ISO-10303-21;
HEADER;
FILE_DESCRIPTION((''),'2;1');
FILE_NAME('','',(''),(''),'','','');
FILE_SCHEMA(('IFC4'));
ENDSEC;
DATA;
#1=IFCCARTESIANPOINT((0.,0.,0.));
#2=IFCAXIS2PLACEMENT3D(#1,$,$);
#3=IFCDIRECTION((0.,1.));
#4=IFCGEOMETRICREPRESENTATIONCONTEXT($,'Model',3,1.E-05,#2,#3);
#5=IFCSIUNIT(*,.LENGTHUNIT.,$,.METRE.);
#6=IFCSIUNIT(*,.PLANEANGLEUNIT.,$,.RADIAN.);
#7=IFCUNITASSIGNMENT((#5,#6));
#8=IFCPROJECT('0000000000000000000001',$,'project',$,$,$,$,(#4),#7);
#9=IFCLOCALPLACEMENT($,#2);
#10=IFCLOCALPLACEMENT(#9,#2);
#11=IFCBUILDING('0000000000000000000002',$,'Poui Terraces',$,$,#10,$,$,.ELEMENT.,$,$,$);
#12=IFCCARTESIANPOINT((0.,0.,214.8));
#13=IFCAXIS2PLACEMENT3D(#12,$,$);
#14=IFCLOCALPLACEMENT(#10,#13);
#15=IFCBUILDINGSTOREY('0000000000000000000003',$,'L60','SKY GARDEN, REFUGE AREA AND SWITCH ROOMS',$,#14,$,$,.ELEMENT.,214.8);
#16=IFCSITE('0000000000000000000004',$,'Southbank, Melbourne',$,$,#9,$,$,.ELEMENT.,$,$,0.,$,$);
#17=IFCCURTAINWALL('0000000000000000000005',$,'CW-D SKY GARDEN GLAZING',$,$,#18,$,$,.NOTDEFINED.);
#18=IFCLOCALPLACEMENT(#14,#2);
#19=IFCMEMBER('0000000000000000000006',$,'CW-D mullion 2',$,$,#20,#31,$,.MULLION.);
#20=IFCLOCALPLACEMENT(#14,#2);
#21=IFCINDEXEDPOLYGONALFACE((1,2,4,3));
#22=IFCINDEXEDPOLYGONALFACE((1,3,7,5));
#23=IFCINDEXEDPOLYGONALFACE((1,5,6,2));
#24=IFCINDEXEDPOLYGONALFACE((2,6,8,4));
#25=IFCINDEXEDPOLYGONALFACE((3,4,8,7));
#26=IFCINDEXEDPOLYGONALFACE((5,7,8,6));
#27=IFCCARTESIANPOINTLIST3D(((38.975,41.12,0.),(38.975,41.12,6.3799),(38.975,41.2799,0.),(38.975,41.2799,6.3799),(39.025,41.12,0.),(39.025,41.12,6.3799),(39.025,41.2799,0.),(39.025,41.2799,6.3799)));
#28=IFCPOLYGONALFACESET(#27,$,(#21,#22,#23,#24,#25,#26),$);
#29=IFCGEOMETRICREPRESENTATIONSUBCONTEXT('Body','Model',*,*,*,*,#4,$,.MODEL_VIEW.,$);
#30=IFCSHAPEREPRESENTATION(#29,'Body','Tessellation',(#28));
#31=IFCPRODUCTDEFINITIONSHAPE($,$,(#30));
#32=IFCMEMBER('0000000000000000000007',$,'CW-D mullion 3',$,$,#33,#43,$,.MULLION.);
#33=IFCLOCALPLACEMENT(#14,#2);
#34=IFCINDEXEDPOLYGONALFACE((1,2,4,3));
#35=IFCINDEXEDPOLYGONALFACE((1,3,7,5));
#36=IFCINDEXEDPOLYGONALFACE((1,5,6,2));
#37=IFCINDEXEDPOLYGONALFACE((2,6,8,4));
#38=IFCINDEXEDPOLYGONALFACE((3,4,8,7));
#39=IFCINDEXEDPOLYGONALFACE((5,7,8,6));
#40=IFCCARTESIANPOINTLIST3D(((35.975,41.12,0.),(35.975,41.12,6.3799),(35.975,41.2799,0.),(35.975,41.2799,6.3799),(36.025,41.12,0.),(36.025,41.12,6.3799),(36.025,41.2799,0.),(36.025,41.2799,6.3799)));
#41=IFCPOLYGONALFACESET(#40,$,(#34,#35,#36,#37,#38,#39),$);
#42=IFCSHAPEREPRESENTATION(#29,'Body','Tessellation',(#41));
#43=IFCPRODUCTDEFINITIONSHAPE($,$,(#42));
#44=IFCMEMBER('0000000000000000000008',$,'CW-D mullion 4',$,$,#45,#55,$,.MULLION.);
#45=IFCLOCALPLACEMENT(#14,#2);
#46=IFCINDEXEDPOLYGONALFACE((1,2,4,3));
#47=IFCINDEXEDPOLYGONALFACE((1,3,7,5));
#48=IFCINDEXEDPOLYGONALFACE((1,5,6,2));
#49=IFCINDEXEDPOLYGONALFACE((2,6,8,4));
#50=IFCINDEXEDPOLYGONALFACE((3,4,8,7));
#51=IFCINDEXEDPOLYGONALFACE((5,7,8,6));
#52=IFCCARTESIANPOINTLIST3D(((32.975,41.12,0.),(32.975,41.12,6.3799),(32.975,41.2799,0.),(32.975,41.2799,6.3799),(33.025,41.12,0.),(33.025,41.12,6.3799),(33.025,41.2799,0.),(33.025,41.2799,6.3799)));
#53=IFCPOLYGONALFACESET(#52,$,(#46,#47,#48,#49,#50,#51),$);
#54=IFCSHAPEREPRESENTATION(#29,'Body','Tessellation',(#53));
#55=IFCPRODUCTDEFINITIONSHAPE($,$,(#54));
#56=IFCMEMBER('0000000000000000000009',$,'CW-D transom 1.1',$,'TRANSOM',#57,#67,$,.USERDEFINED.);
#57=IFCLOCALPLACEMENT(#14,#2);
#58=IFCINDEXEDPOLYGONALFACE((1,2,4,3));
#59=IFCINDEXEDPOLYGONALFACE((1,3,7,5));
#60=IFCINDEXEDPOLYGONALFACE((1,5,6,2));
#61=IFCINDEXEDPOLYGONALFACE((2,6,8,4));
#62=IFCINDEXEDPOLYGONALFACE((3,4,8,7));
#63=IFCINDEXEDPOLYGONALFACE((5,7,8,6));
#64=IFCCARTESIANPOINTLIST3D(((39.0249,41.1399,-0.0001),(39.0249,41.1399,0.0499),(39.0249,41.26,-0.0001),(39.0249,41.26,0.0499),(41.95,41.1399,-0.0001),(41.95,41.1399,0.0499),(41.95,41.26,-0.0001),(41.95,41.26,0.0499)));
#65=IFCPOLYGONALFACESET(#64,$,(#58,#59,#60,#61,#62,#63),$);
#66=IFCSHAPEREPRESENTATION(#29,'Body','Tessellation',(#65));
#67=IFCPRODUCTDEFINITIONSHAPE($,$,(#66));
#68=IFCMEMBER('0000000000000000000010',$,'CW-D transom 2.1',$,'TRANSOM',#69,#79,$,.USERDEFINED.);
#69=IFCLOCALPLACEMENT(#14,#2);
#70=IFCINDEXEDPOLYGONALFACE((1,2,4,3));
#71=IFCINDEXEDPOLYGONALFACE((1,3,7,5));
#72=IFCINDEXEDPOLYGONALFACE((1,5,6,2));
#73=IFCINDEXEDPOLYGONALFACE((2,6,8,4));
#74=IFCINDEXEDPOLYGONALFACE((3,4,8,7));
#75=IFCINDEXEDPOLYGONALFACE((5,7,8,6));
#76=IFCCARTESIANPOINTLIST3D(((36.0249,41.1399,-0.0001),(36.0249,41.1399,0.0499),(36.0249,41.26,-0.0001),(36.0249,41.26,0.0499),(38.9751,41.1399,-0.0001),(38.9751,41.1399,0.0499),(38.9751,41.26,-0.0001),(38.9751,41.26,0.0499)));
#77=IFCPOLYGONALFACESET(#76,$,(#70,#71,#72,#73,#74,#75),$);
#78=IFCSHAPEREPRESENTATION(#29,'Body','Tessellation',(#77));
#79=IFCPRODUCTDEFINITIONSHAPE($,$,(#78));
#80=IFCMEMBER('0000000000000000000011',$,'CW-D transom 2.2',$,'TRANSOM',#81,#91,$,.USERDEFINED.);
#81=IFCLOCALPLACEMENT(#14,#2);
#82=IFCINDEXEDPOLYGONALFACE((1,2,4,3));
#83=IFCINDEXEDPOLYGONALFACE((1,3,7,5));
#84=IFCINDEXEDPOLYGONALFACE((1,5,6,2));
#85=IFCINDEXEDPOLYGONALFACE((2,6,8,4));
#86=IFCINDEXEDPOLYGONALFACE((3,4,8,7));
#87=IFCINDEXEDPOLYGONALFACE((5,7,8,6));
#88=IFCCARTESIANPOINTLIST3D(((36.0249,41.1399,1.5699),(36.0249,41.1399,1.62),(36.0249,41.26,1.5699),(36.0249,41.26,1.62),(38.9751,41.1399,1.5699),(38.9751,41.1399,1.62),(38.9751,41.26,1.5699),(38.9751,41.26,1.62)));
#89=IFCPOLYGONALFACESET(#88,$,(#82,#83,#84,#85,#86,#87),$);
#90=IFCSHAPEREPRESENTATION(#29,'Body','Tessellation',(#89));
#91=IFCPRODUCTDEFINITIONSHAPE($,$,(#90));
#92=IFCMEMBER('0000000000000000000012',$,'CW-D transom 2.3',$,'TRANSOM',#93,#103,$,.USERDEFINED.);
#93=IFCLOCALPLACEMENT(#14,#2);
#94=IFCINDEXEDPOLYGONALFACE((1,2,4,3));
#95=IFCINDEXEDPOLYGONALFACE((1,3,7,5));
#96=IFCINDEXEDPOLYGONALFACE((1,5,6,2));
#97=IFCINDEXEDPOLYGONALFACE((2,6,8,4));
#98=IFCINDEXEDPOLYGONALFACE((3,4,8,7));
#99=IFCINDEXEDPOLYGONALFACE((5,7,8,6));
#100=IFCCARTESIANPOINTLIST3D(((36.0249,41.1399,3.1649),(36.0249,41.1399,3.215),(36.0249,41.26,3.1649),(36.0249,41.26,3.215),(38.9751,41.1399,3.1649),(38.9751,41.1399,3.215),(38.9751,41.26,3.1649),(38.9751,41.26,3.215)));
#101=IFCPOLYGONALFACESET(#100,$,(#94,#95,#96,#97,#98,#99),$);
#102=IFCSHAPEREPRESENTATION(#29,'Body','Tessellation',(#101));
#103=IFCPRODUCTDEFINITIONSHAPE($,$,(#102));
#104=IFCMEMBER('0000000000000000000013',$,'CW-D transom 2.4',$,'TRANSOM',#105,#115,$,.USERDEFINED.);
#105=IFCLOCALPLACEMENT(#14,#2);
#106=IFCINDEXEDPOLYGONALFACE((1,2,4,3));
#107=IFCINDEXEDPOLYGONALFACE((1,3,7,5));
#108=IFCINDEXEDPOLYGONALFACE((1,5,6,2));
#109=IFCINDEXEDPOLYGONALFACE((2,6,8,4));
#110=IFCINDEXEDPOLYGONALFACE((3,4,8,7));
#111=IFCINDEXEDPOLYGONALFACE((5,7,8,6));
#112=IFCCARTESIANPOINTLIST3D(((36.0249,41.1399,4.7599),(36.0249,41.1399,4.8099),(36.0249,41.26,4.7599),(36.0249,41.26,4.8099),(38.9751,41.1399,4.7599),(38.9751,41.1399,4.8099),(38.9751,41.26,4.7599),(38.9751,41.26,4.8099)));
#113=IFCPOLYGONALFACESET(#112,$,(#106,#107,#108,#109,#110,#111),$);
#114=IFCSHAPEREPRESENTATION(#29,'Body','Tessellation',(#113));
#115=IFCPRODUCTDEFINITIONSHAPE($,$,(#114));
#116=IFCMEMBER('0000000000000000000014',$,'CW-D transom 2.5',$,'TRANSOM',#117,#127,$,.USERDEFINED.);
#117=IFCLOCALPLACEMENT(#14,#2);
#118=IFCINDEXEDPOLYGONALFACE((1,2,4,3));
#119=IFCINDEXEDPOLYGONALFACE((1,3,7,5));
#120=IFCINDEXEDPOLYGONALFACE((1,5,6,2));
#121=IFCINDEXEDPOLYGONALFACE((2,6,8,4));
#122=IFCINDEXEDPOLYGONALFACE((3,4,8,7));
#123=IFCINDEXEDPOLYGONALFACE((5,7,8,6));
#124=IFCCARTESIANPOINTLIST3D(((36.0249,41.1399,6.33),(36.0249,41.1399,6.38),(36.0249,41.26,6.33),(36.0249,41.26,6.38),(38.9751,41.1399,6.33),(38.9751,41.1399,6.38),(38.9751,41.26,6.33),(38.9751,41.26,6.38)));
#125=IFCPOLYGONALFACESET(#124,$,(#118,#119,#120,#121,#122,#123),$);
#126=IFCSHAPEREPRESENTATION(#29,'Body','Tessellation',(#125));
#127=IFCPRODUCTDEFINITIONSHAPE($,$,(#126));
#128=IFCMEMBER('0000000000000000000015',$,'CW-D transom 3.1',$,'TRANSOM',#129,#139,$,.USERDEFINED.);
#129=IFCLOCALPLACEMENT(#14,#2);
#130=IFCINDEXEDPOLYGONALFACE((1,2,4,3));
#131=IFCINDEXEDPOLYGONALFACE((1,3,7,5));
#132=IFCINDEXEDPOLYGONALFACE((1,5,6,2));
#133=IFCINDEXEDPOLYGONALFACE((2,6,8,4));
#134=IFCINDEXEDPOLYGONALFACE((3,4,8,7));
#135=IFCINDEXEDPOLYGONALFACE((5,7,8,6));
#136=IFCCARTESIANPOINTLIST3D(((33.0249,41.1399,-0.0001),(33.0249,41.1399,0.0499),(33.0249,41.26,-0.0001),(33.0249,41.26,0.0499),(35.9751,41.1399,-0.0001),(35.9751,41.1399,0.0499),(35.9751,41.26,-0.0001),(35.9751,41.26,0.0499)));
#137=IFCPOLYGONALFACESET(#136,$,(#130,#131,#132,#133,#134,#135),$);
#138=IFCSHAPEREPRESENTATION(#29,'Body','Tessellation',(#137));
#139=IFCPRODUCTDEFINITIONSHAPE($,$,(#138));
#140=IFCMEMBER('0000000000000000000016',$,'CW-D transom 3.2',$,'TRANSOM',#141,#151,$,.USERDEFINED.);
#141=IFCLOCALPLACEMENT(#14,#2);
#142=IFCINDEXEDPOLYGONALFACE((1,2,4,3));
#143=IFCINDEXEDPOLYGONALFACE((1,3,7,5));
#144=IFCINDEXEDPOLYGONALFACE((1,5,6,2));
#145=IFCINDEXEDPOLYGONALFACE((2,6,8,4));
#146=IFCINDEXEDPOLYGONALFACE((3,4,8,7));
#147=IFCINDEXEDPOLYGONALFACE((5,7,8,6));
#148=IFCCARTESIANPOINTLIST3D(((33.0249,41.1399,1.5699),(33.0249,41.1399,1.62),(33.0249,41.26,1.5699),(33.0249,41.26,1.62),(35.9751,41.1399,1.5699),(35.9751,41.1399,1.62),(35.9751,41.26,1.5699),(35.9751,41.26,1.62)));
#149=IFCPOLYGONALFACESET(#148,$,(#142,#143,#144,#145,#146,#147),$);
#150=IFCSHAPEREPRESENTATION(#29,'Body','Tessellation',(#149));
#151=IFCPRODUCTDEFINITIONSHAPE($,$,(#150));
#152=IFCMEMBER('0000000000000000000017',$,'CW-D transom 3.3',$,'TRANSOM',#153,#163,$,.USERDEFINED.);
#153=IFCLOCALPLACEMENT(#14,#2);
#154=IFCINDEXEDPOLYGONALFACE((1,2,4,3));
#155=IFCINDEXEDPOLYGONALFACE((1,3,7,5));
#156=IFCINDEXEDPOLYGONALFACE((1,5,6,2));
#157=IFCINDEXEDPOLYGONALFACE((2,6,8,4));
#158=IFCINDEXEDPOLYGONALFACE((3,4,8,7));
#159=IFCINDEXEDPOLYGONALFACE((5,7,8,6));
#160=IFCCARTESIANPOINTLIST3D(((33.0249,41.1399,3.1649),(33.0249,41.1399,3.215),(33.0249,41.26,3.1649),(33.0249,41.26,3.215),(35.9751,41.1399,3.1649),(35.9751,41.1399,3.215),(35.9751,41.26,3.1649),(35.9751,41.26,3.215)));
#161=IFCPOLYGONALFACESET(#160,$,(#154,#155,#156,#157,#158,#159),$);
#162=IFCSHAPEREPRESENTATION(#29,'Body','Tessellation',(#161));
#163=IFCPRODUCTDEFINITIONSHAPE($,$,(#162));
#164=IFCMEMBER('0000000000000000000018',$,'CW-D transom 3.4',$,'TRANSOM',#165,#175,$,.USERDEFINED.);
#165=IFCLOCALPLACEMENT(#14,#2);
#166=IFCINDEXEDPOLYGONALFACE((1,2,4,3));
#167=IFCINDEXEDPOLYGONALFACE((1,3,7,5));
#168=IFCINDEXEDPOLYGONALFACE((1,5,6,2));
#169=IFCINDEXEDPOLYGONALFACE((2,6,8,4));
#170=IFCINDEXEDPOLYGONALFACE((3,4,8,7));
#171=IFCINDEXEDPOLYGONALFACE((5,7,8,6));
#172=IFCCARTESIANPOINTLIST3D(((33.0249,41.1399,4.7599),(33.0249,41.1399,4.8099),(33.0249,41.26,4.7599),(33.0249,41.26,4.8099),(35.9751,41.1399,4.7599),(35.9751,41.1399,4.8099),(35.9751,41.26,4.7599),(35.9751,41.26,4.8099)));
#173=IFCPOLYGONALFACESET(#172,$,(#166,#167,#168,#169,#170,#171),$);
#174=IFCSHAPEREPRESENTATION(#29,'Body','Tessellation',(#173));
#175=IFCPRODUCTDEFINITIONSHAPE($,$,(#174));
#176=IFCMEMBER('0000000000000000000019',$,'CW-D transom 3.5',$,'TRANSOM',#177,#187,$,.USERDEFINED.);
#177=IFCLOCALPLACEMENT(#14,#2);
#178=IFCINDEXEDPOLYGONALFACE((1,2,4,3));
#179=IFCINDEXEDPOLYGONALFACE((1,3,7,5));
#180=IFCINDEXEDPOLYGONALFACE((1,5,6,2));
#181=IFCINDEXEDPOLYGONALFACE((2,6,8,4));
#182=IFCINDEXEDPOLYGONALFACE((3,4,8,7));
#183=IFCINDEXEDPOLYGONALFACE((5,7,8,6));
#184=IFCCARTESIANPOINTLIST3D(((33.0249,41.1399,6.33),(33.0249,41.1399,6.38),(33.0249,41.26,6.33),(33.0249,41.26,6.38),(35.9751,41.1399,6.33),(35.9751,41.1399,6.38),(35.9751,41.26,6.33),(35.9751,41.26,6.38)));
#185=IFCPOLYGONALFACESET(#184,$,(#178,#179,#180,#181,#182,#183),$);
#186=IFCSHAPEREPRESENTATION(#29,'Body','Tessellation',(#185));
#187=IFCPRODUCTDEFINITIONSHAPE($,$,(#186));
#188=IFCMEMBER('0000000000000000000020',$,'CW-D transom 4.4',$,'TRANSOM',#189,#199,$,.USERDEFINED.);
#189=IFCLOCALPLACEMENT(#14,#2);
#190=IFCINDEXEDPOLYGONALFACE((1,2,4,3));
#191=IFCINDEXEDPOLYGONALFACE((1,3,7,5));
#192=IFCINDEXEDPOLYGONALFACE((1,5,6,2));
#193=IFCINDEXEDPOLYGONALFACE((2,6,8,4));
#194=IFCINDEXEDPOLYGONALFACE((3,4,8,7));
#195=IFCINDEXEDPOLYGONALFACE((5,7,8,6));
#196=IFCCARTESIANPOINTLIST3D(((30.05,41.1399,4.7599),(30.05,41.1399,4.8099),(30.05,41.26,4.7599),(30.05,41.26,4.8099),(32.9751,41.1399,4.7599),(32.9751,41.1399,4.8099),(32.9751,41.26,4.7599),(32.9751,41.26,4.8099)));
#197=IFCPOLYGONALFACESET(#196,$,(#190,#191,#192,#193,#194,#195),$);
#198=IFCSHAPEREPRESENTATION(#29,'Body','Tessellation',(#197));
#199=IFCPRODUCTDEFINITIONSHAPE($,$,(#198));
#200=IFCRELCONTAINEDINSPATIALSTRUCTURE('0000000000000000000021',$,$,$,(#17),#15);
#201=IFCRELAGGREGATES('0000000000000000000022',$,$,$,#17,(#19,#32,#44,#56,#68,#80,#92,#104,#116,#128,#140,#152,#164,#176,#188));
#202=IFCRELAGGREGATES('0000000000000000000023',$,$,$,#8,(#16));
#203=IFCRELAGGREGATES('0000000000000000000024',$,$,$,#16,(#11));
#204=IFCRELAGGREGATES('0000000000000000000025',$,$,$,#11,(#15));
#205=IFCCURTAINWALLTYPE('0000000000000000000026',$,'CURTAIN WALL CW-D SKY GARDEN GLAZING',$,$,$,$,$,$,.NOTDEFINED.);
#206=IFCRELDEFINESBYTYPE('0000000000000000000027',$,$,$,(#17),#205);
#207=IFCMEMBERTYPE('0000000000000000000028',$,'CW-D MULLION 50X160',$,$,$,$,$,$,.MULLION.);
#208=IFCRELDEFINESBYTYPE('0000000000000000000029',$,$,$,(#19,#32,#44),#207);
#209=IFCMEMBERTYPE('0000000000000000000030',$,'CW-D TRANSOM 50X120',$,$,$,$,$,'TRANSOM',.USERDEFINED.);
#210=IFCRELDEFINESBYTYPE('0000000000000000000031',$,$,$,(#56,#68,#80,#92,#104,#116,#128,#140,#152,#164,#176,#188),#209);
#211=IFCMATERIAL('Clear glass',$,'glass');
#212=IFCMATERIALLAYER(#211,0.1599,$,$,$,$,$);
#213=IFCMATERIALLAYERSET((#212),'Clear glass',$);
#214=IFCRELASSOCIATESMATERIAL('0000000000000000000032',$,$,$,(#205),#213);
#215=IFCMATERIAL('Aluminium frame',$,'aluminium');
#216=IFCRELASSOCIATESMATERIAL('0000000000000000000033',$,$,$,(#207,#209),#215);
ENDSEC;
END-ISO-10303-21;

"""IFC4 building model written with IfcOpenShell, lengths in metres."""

from ifc_helpers import new_model, si_unit, direction, frame, origin, origin_2d, place, context, subcontext, project, spatial, rectangle, extrude, material, layer, layer_set, material_profile, profile_set, type_object, element, aggregate, save


model = new_model("IFC4")

# Units and contexts
model_context = context("Model", 3, precision=1e-05, world=origin(), true_north=direction((0.0, 1.0)))
body_context = subcontext(model_context, "Body", "Model", "MODEL_VIEW")
ifc_project = project(units=[si_unit("LENGTHUNIT", "METRE"), si_unit("PLANEANGLEUNIT", "RADIAN")], contexts=[model_context])

# Site, building, storey
site_placement = place(None, origin())
site = spatial("IfcSite", under=ifc_project, at=site_placement, Name="Southbank, Melbourne", CompositionType="ELEMENT", RefElevation=0.0)
building_placement = place(site_placement, origin())
building = spatial("IfcBuilding", under=site, at=building_placement, Name="Poui Terraces", CompositionType="ELEMENT")
storey_placement = place(building_placement, frame((0.0, 0.0, 214.8)))
storey = spatial("IfcBuildingStorey", under=building, at=storey_placement, Name="L60", Description="SKY GARDEN, REFUGE AREA AND SWITCH ROOMS", CompositionType="ELEMENT", Elevation=214.8)

# Curtain wall, members
ifc_material_1 = material(Name="Clear glass", Category="glass")
ifc_layer_1 = layer(ifc_material_1, 0.1599)
ifc_layer_set_1 = layer_set([ifc_layer_1], Name="Clear glass")
curtain_wall_type = type_object("IfcCurtainWallType", Name="CURTAIN WALL CW-D SKY GARDEN GLAZING", PredefinedType="NOTDEFINED", material=ifc_layer_set_1)
curtain_wall_placement = place(storey_placement, origin())
curtain_wall = element("IfcCurtainWall", 1, at=curtain_wall_placement, inside=storey, type_object=curtain_wall_type, Name="CW-D SKY GARDEN GLAZING", PredefinedType="NOTDEFINED")
ifc_material_2 = material(Name="Aluminium frame", Category="aluminium")
ifc_material_profile_1 = material_profile(ifc_material_2, rectangle(XDim=0.1599, YDim=0.05, at=origin_2d()), Name="CW-D MULLION 50X160")
ifc_profile_set_1 = profile_set([ifc_material_profile_1], Name="Aluminium frame")
member_type_1 = type_object("IfcMemberType", Name="CW-D MULLION 50X160", PredefinedType="MULLION", material=ifc_profile_set_1)
member_1_placement = place(storey_placement, frame((39.0, 41.2, 0.0), z_axis=(0.0, 0.0, 1.0), x_axis=(0.0, -1.0, 0.0)))
member_1 = element("IfcMember", 2, at=member_1_placement, type_object=member_type_1, Name="CW-D mullion 2", PredefinedType="MULLION", context=body_context, shape_type="SweptSolid", body=[
    extrude(rectangle(XDim=0.1599, YDim=0.05, at=origin_2d()), origin(), (0.0, 0.0, 1.0), 6.3799),
])
member_2_placement = place(storey_placement, frame((36.0, 41.2, 0.0), z_axis=(0.0, 0.0, 1.0), x_axis=(0.0, -1.0, 0.0)))
member_2 = element("IfcMember", 3, at=member_2_placement, type_object=member_type_1, Name="CW-D mullion 3", PredefinedType="MULLION", context=body_context, shape_type="SweptSolid", body=[
    extrude(rectangle(XDim=0.1599, YDim=0.05, at=origin_2d()), origin(), (0.0, 0.0, 1.0), 6.3799),
])
member_3_placement = place(storey_placement, frame((33.0, 41.2, 0.0), z_axis=(0.0, 0.0, 1.0), x_axis=(0.0, -1.0, 0.0)))
member_3 = element("IfcMember", 4, at=member_3_placement, type_object=member_type_1, Name="CW-D mullion 4", PredefinedType="MULLION", context=body_context, shape_type="SweptSolid", body=[
    extrude(rectangle(XDim=0.1599, YDim=0.05, at=origin_2d()), origin(), (0.0, 0.0, 1.0), 6.3799),
])
ifc_material_profile_2 = material_profile(ifc_material_2, rectangle(XDim=0.1201, YDim=0.05, at=origin_2d()), Name="CW-D TRANSOM 50X120")
ifc_profile_set_2 = profile_set([ifc_material_profile_2], Name="Aluminium frame")
member_type_2 = type_object("IfcMemberType", Name="CW-D TRANSOM 50X120", ElementType="TRANSOM", PredefinedType="USERDEFINED", material=ifc_profile_set_2)
member_4_placement = place(storey_placement, frame((41.95, 41.2, 0.0249), z_axis=(-1.0, 0.0, 0.0), x_axis=(0.0, -1.0, 0.0)))
member_4 = element("IfcMember", 5, at=member_4_placement, type_object=member_type_2, Name="CW-D transom 1.1", ObjectType="TRANSOM", PredefinedType="USERDEFINED", context=body_context, shape_type="SweptSolid", body=[
    extrude(rectangle(XDim=0.1201, YDim=0.05, at=origin_2d()), origin(), (0.0, 0.0, 1.0), 2.925),
])
member_5_placement = place(storey_placement, frame((38.9751, 41.2, 0.0249), z_axis=(-1.0, 0.0, 0.0), x_axis=(0.0, -1.0, 0.0)))
member_5 = element("IfcMember", 6, at=member_5_placement, type_object=member_type_2, Name="CW-D transom 2.1", ObjectType="TRANSOM", PredefinedType="USERDEFINED", context=body_context, shape_type="SweptSolid", body=[
    extrude(rectangle(XDim=0.1201, YDim=0.05, at=origin_2d()), origin(), (0.0, 0.0, 1.0), 2.9502),
])
member_6_placement = place(storey_placement, frame((38.9751, 41.2, 1.595), z_axis=(-1.0, 0.0, 0.0), x_axis=(0.0, -1.0, 0.0)))
member_6 = element("IfcMember", 7, at=member_6_placement, type_object=member_type_2, Name="CW-D transom 2.2", ObjectType="TRANSOM", PredefinedType="USERDEFINED", context=body_context, shape_type="SweptSolid", body=[
    extrude(rectangle(XDim=0.1201, YDim=0.05, at=origin_2d()), origin(), (0.0, 0.0, 1.0), 2.9502),
])
member_7_placement = place(storey_placement, frame((38.9751, 41.2, 3.1899), z_axis=(-1.0, 0.0, 0.0), x_axis=(0.0, -1.0, 0.0)))
member_7 = element("IfcMember", 8, at=member_7_placement, type_object=member_type_2, Name="CW-D transom 2.3", ObjectType="TRANSOM", PredefinedType="USERDEFINED", context=body_context, shape_type="SweptSolid", body=[
    extrude(rectangle(XDim=0.1201, YDim=0.05, at=origin_2d()), origin(), (0.0, 0.0, 1.0), 2.9502),
])
member_8_placement = place(storey_placement, frame((38.9751, 41.2, 4.7849), z_axis=(-1.0, 0.0, 0.0), x_axis=(0.0, -1.0, 0.0)))
member_8 = element("IfcMember", 9, at=member_8_placement, type_object=member_type_2, Name="CW-D transom 2.4", ObjectType="TRANSOM", PredefinedType="USERDEFINED", context=body_context, shape_type="SweptSolid", body=[
    extrude(rectangle(XDim=0.1201, YDim=0.05, at=origin_2d()), origin(), (0.0, 0.0, 1.0), 2.9502),
])
member_9_placement = place(storey_placement, frame((38.9751, 41.2, 6.355), z_axis=(-1.0, 0.0, 0.0), x_axis=(0.0, -1.0, 0.0)))
member_9 = element("IfcMember", 10, at=member_9_placement, type_object=member_type_2, Name="CW-D transom 2.5", ObjectType="TRANSOM", PredefinedType="USERDEFINED", context=body_context, shape_type="SweptSolid", body=[
    extrude(rectangle(XDim=0.1201, YDim=0.05, at=origin_2d()), origin(), (0.0, 0.0, 1.0), 2.9502),
])
member_10_placement = place(storey_placement, frame((35.9751, 41.2, 0.0249), z_axis=(-1.0, 0.0, 0.0), x_axis=(0.0, -1.0, 0.0)))
member_10 = element("IfcMember", 11, at=member_10_placement, type_object=member_type_2, Name="CW-D transom 3.1", ObjectType="TRANSOM", PredefinedType="USERDEFINED", context=body_context, shape_type="SweptSolid", body=[
    extrude(rectangle(XDim=0.1201, YDim=0.05, at=origin_2d()), origin(), (0.0, 0.0, 1.0), 2.9502),
])
member_11_placement = place(storey_placement, frame((35.9751, 41.2, 1.595), z_axis=(-1.0, 0.0, 0.0), x_axis=(0.0, -1.0, 0.0)))
member_11 = element("IfcMember", 12, at=member_11_placement, type_object=member_type_2, Name="CW-D transom 3.2", ObjectType="TRANSOM", PredefinedType="USERDEFINED", context=body_context, shape_type="SweptSolid", body=[
    extrude(rectangle(XDim=0.1201, YDim=0.05, at=origin_2d()), origin(), (0.0, 0.0, 1.0), 2.9502),
])
member_12_placement = place(storey_placement, frame((35.9751, 41.2, 3.1899), z_axis=(-1.0, 0.0, 0.0), x_axis=(0.0, -1.0, 0.0)))
member_12 = element("IfcMember", 13, at=member_12_placement, type_object=member_type_2, Name="CW-D transom 3.3", ObjectType="TRANSOM", PredefinedType="USERDEFINED", context=body_context, shape_type="SweptSolid", body=[
    extrude(rectangle(XDim=0.1201, YDim=0.05, at=origin_2d()), origin(), (0.0, 0.0, 1.0), 2.9502),
])
member_13_placement = place(storey_placement, frame((35.9751, 41.2, 4.7849), z_axis=(-1.0, 0.0, 0.0), x_axis=(0.0, -1.0, 0.0)))
member_13 = element("IfcMember", 14, at=member_13_placement, type_object=member_type_2, Name="CW-D transom 3.4", ObjectType="TRANSOM", PredefinedType="USERDEFINED", context=body_context, shape_type="SweptSolid", body=[
    extrude(rectangle(XDim=0.1201, YDim=0.05, at=origin_2d()), origin(), (0.0, 0.0, 1.0), 2.9502),
])
member_14_placement = place(storey_placement, frame((35.9751, 41.2, 6.355), z_axis=(-1.0, 0.0, 0.0), x_axis=(0.0, -1.0, 0.0)))
member_14 = element("IfcMember", 15, at=member_14_placement, type_object=member_type_2, Name="CW-D transom 3.5", ObjectType="TRANSOM", PredefinedType="USERDEFINED", context=body_context, shape_type="SweptSolid", body=[
    extrude(rectangle(XDim=0.1201, YDim=0.05, at=origin_2d()), origin(), (0.0, 0.0, 1.0), 2.9502),
])
member_15_placement = place(storey_placement, frame((32.9751, 41.2, 4.7849), z_axis=(-1.0, 0.0, 0.0), x_axis=(0.0, -1.0, 0.0)))
member_15 = element("IfcMember", 16, at=member_15_placement, type_object=member_type_2, Name="CW-D transom 4.4", ObjectType="TRANSOM", PredefinedType="USERDEFINED", context=body_context, shape_type="SweptSolid", body=[
    extrude(rectangle(XDim=0.1201, YDim=0.05, at=origin_2d()), origin(), (0.0, 0.0, 1.0), 2.925),
])
aggregate(curtain_wall, [member_1, member_2, member_3, member_4, member_5, member_6, member_7, member_8, member_9, member_10, member_11, member_12, member_13, member_14, member_15])

save(model, "model.ifc")
